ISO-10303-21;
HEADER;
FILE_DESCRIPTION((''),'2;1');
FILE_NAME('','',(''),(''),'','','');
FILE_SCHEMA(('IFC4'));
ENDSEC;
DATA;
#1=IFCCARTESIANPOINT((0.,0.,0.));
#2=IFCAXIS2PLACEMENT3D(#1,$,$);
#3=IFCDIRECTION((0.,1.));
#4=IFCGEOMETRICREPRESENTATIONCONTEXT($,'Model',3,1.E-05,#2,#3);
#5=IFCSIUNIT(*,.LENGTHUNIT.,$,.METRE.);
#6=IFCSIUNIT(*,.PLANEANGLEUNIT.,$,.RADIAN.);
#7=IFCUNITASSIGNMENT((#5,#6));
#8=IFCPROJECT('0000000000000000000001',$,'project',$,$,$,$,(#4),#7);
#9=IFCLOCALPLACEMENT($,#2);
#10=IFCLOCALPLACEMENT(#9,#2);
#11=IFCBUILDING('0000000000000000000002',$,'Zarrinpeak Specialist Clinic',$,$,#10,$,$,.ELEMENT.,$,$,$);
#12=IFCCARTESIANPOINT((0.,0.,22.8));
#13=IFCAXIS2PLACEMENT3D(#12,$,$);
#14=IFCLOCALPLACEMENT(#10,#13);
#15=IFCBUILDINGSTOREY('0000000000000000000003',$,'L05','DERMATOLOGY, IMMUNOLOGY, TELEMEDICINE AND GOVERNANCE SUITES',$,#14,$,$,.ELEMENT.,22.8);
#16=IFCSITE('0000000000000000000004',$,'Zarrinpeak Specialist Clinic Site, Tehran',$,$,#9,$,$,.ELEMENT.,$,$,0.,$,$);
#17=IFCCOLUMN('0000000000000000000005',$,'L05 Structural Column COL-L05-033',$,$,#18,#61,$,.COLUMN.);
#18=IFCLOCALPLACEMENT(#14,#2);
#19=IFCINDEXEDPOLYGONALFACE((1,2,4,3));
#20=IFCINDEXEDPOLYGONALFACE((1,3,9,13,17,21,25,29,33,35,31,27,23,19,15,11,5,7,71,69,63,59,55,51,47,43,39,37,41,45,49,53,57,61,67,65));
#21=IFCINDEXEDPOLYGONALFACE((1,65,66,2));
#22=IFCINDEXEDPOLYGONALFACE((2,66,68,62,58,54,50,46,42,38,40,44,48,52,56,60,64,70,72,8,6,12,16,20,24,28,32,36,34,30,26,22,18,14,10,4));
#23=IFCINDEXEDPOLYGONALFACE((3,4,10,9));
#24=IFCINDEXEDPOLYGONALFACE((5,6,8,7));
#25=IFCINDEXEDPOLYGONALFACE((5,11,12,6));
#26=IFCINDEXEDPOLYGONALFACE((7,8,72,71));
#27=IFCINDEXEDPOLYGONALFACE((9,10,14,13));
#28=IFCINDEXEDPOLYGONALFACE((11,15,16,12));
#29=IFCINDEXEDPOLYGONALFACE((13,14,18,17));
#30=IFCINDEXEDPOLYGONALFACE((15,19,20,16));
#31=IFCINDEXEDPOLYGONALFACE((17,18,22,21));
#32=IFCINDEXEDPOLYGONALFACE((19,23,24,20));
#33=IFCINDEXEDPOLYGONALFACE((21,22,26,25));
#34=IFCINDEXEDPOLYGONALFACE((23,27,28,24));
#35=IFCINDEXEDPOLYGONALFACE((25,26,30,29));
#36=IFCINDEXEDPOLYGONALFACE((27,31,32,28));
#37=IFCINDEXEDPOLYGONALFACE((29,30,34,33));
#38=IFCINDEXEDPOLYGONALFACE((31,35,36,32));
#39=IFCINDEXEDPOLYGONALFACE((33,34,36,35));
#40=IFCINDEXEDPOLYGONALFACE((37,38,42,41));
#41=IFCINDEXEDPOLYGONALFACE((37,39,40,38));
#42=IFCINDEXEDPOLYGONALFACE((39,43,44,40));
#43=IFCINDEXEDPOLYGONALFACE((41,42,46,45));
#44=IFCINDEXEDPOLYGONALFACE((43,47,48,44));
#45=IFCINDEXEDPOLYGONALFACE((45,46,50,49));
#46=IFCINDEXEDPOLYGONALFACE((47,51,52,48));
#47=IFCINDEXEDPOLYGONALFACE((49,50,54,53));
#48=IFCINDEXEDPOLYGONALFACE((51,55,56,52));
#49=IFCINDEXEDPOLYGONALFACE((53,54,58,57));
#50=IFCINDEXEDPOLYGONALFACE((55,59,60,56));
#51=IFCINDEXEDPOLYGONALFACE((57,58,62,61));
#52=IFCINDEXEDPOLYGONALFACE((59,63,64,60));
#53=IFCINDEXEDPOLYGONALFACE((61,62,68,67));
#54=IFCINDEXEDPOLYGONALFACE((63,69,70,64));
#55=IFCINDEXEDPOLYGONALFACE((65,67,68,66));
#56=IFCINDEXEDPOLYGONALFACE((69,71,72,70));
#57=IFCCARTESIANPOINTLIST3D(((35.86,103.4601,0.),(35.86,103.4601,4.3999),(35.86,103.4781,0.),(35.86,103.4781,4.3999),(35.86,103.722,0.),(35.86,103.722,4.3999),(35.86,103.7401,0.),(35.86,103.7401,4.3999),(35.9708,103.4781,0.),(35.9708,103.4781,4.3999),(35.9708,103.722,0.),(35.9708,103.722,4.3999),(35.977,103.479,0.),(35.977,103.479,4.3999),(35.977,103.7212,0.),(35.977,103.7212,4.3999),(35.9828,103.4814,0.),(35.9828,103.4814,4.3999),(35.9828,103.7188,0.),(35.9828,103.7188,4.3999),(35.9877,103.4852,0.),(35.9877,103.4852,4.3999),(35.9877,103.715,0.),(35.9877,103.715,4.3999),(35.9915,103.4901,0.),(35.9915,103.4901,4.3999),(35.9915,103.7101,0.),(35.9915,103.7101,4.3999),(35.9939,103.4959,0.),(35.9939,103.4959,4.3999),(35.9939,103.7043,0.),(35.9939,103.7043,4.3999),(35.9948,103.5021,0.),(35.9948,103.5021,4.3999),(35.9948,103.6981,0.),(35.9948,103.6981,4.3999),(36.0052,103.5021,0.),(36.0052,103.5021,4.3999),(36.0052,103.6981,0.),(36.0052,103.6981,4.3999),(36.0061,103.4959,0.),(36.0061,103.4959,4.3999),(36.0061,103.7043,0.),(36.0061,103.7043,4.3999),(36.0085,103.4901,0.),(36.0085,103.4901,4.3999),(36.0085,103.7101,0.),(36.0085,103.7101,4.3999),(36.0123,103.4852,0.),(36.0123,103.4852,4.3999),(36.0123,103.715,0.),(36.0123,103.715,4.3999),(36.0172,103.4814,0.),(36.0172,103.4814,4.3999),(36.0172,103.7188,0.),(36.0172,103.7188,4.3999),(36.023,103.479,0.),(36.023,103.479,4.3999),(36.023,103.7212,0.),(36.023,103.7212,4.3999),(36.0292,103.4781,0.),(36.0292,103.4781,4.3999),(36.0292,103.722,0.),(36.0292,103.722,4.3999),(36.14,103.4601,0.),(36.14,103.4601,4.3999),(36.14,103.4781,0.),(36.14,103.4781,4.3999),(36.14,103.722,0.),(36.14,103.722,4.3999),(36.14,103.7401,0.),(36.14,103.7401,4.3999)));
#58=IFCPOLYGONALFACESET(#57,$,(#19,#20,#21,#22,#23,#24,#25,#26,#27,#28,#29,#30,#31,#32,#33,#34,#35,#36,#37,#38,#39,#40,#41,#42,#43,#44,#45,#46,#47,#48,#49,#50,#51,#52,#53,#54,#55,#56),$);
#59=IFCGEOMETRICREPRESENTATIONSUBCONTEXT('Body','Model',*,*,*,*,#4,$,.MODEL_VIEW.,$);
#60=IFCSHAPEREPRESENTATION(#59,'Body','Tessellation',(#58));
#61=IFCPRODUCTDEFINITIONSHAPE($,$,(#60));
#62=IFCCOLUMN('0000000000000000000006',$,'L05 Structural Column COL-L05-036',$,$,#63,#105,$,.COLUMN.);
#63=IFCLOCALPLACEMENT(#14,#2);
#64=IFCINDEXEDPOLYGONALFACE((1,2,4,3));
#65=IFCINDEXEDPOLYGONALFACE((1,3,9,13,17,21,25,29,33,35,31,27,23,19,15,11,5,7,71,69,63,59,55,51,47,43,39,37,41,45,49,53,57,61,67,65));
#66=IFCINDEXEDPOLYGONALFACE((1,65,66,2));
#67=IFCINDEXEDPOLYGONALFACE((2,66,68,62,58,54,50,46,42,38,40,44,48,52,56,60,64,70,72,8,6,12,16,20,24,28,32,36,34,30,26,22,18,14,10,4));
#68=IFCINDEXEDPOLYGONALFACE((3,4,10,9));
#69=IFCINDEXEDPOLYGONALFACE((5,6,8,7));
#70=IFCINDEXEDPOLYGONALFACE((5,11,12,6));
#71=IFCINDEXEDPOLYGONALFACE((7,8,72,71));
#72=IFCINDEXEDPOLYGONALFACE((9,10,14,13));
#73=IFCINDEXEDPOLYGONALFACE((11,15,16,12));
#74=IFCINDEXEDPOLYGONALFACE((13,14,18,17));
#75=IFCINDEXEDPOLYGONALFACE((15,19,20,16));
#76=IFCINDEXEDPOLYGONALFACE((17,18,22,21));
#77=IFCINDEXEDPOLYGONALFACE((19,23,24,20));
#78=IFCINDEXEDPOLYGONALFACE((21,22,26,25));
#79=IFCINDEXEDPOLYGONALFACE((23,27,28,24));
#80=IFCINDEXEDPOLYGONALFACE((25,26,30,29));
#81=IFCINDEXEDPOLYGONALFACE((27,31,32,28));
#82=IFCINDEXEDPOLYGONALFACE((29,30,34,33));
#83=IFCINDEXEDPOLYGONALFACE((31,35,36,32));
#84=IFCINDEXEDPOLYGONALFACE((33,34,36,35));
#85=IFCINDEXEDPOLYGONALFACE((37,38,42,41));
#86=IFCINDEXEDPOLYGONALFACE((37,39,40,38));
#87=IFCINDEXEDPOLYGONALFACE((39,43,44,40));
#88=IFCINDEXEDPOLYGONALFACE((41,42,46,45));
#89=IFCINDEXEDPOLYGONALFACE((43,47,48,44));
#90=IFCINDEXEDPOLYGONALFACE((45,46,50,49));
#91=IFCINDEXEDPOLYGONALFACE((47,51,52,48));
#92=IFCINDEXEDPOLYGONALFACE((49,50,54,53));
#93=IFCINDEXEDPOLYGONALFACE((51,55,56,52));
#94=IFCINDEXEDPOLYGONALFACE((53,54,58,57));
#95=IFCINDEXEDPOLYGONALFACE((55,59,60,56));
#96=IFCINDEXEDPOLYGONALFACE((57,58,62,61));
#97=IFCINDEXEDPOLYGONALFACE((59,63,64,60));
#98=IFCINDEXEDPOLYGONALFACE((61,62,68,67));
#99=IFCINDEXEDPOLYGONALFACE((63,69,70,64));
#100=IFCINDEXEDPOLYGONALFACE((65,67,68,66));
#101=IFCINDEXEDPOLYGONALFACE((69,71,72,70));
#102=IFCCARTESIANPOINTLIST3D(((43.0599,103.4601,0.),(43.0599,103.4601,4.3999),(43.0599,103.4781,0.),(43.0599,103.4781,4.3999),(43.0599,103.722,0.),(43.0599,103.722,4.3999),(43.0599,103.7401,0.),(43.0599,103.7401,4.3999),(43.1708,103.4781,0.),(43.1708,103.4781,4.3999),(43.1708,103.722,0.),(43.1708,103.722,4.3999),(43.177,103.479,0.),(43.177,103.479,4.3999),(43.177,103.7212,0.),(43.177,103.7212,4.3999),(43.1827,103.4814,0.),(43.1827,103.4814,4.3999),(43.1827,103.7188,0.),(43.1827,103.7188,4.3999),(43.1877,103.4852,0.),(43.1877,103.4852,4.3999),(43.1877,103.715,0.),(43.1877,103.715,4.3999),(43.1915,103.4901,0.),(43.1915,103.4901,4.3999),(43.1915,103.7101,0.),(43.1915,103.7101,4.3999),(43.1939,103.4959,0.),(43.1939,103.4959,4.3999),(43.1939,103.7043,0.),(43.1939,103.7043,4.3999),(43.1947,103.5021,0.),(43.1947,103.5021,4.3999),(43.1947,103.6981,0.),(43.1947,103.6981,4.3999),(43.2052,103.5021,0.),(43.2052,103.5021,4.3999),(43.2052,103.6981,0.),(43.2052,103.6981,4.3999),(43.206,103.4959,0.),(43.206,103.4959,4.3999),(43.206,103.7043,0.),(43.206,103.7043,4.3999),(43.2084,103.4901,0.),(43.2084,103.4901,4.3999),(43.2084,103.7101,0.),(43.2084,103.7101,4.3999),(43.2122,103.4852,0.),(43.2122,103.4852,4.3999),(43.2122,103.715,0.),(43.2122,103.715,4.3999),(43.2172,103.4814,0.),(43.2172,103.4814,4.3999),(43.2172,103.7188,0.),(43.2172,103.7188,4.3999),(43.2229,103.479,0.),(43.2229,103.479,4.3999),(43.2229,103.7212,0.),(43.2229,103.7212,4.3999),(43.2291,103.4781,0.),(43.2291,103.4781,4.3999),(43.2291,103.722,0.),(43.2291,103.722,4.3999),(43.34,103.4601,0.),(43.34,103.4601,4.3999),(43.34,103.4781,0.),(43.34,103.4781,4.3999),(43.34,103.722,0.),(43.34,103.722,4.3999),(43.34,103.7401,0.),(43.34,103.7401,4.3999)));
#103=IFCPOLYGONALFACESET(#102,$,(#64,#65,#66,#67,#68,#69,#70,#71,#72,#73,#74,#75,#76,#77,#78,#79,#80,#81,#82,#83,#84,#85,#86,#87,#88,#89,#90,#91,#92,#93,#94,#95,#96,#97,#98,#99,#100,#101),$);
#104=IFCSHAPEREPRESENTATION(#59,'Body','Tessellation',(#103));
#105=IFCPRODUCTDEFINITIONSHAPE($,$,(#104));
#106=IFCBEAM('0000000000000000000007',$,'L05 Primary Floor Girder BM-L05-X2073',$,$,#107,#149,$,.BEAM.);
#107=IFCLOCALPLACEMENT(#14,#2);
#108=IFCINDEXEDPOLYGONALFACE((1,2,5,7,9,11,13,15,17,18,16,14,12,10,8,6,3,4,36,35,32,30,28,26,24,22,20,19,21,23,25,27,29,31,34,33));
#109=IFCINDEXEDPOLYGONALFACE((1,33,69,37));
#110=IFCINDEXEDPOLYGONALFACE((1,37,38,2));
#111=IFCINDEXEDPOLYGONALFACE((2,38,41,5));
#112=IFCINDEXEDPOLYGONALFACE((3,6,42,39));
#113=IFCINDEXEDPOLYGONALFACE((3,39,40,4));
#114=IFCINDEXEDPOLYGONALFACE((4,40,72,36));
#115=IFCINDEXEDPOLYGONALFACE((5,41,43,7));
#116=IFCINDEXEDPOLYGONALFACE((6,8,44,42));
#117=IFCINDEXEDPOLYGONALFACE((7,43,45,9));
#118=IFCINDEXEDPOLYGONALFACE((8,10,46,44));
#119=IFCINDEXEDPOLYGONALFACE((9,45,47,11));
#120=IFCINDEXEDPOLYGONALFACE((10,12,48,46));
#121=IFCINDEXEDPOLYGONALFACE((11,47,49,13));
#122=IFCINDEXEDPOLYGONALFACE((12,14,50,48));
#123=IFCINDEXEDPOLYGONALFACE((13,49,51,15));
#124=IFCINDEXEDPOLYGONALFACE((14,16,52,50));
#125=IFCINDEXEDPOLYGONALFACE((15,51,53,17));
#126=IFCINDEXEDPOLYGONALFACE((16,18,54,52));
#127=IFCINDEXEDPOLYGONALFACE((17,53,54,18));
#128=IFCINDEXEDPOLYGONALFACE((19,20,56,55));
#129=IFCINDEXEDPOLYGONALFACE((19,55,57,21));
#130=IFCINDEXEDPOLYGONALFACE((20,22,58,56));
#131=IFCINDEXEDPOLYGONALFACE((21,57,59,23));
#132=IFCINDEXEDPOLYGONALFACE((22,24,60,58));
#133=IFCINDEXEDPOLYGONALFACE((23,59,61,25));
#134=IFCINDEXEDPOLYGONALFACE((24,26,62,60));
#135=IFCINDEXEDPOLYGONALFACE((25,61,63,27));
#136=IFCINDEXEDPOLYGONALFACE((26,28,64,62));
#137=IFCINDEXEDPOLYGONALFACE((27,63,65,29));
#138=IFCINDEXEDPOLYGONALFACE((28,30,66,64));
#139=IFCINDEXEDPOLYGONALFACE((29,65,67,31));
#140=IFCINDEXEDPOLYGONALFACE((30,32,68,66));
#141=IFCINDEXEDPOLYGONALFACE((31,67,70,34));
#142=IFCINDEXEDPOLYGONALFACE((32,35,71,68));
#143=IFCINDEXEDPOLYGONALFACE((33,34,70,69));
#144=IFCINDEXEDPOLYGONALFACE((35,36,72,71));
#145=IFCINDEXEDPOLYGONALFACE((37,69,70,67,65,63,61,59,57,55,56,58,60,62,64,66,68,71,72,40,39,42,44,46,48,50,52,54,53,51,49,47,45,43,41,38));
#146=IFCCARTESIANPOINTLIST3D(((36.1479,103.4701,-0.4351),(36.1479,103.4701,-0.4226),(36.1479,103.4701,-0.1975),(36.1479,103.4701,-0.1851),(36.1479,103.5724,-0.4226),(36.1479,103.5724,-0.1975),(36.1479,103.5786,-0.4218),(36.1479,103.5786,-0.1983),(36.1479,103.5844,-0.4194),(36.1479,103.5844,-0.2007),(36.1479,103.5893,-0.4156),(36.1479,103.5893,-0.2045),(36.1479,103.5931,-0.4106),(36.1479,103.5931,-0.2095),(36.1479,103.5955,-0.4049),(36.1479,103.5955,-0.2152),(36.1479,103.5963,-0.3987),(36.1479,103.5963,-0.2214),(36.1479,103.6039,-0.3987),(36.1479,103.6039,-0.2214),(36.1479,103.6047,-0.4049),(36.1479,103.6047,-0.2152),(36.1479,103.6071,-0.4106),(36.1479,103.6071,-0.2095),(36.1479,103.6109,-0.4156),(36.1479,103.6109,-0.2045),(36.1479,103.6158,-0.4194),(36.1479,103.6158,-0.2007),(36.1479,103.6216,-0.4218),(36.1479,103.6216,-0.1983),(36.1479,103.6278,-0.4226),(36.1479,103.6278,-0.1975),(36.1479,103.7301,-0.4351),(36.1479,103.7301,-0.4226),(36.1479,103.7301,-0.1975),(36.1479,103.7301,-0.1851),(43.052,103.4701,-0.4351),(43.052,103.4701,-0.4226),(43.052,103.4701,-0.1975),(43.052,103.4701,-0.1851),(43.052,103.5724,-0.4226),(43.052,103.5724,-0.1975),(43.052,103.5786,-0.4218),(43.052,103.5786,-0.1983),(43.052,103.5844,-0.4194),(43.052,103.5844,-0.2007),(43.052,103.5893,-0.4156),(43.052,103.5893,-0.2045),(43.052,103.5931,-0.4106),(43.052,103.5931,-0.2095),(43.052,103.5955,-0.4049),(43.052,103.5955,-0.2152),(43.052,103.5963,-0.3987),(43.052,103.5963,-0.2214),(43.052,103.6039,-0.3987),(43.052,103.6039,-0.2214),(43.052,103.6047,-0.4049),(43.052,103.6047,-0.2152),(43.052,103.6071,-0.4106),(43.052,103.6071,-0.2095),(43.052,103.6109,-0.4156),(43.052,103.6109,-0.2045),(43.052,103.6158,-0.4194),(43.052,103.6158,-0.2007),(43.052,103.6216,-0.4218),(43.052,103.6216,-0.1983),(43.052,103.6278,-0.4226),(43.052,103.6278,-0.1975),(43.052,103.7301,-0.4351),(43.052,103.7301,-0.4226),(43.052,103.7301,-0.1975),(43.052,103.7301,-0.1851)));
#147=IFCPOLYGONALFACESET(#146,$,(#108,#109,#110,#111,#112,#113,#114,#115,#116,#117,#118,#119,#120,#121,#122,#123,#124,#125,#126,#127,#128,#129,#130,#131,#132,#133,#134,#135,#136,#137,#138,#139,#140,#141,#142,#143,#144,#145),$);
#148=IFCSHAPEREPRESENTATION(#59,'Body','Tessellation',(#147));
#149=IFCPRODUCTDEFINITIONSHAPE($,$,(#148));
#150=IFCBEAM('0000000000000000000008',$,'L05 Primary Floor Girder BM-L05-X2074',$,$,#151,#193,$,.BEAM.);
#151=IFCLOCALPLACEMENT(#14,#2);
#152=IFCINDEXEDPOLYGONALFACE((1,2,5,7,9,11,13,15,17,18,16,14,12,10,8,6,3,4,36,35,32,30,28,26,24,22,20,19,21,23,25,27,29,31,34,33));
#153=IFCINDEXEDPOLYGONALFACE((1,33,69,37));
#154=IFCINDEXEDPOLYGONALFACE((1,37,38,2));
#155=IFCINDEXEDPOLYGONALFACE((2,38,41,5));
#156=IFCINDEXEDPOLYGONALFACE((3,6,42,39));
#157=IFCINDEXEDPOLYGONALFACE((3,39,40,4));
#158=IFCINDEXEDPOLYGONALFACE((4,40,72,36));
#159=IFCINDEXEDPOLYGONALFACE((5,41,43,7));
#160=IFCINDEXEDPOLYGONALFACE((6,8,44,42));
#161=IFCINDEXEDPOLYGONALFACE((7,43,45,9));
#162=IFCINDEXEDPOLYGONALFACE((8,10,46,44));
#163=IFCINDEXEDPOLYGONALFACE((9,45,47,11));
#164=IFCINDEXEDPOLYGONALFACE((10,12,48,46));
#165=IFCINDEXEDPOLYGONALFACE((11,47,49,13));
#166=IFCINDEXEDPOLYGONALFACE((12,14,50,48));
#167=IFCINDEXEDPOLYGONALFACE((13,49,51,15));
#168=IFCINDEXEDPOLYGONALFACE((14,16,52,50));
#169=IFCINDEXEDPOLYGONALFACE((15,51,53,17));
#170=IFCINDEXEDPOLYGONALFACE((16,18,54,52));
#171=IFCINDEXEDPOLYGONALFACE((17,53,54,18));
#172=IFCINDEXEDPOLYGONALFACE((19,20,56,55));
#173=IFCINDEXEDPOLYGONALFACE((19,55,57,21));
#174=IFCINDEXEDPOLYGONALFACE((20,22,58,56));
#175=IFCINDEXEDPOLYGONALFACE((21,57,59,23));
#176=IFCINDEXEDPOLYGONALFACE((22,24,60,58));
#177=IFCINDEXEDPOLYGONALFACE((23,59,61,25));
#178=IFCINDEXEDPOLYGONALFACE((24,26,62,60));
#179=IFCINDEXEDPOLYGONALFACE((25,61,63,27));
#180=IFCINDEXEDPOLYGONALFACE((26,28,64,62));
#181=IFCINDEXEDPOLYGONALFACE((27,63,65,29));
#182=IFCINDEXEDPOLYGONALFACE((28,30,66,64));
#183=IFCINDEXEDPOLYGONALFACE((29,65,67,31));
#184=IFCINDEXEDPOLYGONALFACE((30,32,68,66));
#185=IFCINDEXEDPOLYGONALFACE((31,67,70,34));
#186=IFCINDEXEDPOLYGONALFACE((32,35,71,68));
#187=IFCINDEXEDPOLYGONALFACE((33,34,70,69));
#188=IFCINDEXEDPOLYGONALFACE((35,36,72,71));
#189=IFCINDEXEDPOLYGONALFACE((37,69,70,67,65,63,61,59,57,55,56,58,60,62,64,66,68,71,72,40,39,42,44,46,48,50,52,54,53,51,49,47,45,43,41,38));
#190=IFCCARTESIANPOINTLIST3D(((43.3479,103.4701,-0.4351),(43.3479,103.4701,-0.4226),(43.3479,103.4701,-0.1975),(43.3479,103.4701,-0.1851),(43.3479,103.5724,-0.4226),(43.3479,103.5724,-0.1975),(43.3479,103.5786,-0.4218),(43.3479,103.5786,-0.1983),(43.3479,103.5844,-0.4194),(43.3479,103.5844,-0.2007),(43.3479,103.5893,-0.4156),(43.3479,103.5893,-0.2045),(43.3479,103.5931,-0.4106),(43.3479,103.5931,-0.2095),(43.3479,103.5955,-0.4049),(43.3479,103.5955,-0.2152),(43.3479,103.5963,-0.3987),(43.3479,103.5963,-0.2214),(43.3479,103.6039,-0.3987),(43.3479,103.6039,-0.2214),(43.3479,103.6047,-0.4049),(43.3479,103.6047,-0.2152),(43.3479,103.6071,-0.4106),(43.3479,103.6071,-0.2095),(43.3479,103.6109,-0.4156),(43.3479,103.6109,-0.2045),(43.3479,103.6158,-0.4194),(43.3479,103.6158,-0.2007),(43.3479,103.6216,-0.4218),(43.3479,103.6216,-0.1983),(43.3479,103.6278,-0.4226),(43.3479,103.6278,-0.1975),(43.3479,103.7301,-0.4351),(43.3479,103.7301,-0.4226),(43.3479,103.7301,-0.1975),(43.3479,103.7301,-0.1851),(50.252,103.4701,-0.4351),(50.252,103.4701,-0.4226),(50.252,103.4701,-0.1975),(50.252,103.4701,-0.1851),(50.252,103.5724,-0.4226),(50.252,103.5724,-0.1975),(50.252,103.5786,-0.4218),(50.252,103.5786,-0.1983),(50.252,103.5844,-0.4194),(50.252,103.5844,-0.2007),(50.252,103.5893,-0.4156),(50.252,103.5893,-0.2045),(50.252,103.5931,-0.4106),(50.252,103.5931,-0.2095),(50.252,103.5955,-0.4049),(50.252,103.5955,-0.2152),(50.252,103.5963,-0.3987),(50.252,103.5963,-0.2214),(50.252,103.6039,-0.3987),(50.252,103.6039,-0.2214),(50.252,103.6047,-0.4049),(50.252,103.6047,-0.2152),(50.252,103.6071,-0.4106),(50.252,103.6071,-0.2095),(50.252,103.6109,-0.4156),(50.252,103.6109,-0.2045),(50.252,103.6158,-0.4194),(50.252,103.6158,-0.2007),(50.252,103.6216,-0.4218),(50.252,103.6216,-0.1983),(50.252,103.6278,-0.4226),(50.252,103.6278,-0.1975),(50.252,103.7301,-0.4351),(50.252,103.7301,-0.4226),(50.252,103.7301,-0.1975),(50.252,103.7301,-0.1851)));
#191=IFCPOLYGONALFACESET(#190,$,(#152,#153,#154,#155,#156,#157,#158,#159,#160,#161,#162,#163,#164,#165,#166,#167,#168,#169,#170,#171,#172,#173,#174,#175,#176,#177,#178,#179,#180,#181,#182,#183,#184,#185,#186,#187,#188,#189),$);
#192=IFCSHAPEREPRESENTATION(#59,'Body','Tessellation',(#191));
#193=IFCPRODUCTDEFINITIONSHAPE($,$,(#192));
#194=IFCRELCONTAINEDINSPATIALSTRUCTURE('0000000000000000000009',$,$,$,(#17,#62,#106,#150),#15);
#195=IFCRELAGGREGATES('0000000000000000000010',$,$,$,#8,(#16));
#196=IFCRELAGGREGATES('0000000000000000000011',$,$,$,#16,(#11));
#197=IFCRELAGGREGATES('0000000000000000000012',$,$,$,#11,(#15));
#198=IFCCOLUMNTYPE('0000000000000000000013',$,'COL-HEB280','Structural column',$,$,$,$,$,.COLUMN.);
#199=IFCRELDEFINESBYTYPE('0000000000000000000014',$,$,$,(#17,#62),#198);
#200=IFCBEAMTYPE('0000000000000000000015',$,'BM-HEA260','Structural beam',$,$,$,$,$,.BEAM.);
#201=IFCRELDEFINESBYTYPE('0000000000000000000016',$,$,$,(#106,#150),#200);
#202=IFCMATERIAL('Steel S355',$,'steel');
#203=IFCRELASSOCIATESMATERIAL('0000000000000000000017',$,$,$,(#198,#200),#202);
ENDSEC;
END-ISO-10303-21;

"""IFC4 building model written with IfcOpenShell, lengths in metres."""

from ifc_helpers import new_model, si_unit, direction, frame, origin, origin_2d, place, context, subcontext, project, spatial, i_section, extrude, material, material_profile, profile_set, type_object, element, save


model = new_model("IFC4")

# Units and contexts
model_context = context("Model", 3, precision=1e-05, world=origin(), true_north=direction((0.0, 1.0)))
body_context = subcontext(model_context, "Body", "Model", "MODEL_VIEW")
ifc_project = project(units=[si_unit("LENGTHUNIT", "METRE"), si_unit("PLANEANGLEUNIT", "RADIAN")], contexts=[model_context])

# Site, building, storey
site_placement = place(None, origin())
site = spatial("IfcSite", under=ifc_project, at=site_placement, Name="Zarrinpeak Specialist Clinic Site, Tehran", CompositionType="ELEMENT", RefElevation=0.0)
building_placement = place(site_placement, origin())
building = spatial("IfcBuilding", under=site, at=building_placement, Name="Zarrinpeak Specialist Clinic", CompositionType="ELEMENT")
storey_placement = place(building_placement, frame((0.0, 0.0, 22.8)))
storey = spatial("IfcBuildingStorey", under=building, at=storey_placement, Name="L05", Description="DERMATOLOGY, IMMUNOLOGY, TELEMEDICINE AND GOVERNANCE SUITES", CompositionType="ELEMENT", Elevation=22.8)

# Columns
ifc_material_1 = material(Name="Steel S355", Category="steel")
ifc_material_profile_1 = material_profile(ifc_material_1, i_section(OverallWidth=0.28, OverallDepth=0.28, WebThickness=0.0105, FlangeThickness=0.0181, FilletRadius=0.0239, at=origin_2d()), Name="HEB 280")
ifc_profile_set_1 = profile_set([ifc_material_profile_1], Name="Steel S355")
column_type = type_object("IfcColumnType", Name="COL-HEB280", Description="Structural column", PredefinedType="COLUMN", material=ifc_profile_set_1)
for number, where, z_axis, x_axis, name in (
    (1, (36.0, 103.6001, 0.0), (0.0, 0.0, 1.0), (1.0, 0.0, 0.0), "L05 Structural Column COL-L05-033"),
    (2, (43.2, 103.6001, 0.0), (0.0, 0.0, 1.0), (1.0, 0.0, 0.0), "L05 Structural Column COL-L05-036"),
):
    element("IfcColumn", number, at=place(storey_placement, frame(where, z_axis=z_axis, x_axis=x_axis)), inside=storey, type_object=column_type, Name=name, PredefinedType="COLUMN", context=body_context, shape_type="SweptSolid", body=[
        extrude(i_section(OverallWidth=0.28, OverallDepth=0.28, WebThickness=0.0105, FlangeThickness=0.0181, FilletRadius=0.0239, at=origin_2d()), origin(), (0.0, 0.0, 1.0), 4.3999),
    ])

# Beams
ifc_material_profile_2 = material_profile(ifc_material_1, i_section(OverallWidth=0.26, OverallDepth=0.25, WebThickness=0.0076, FlangeThickness=0.0125, FilletRadius=0.0239, at=origin_2d()), Name="HEA 260")
ifc_profile_set_2 = profile_set([ifc_material_profile_2], Name="Steel S355")
beam_type_1 = type_object("IfcBeamType", Name="BM-HEA260", Description="Structural beam", PredefinedType="BEAM", material=ifc_profile_set_2)
for number, where, z_axis, x_axis, name in (
    (3, (36.1479, 103.6001, -0.3101), (1.0, 0.0, 0.0), (0.0, 1.0, 0.0), "L05 Primary Floor Girder BM-L05-X2073"),
    (4, (43.3479, 103.6001, -0.3101), (1.0, 0.0, 0.0), (0.0, 1.0, 0.0), "L05 Primary Floor Girder BM-L05-X2074"),
):
    element("IfcBeam", number, at=place(storey_placement, frame(where, z_axis=z_axis, x_axis=x_axis)), inside=storey, type_object=beam_type_1, Name=name, PredefinedType="BEAM", context=body_context, shape_type="SweptSolid", body=[
        extrude(i_section(OverallWidth=0.26, OverallDepth=0.25, WebThickness=0.0076, FlangeThickness=0.0125, FilletRadius=0.0239, at=origin_2d()), origin(), (0.0, 0.0, 1.0), 6.9041),
    ])

save(model, "model.ifc")
